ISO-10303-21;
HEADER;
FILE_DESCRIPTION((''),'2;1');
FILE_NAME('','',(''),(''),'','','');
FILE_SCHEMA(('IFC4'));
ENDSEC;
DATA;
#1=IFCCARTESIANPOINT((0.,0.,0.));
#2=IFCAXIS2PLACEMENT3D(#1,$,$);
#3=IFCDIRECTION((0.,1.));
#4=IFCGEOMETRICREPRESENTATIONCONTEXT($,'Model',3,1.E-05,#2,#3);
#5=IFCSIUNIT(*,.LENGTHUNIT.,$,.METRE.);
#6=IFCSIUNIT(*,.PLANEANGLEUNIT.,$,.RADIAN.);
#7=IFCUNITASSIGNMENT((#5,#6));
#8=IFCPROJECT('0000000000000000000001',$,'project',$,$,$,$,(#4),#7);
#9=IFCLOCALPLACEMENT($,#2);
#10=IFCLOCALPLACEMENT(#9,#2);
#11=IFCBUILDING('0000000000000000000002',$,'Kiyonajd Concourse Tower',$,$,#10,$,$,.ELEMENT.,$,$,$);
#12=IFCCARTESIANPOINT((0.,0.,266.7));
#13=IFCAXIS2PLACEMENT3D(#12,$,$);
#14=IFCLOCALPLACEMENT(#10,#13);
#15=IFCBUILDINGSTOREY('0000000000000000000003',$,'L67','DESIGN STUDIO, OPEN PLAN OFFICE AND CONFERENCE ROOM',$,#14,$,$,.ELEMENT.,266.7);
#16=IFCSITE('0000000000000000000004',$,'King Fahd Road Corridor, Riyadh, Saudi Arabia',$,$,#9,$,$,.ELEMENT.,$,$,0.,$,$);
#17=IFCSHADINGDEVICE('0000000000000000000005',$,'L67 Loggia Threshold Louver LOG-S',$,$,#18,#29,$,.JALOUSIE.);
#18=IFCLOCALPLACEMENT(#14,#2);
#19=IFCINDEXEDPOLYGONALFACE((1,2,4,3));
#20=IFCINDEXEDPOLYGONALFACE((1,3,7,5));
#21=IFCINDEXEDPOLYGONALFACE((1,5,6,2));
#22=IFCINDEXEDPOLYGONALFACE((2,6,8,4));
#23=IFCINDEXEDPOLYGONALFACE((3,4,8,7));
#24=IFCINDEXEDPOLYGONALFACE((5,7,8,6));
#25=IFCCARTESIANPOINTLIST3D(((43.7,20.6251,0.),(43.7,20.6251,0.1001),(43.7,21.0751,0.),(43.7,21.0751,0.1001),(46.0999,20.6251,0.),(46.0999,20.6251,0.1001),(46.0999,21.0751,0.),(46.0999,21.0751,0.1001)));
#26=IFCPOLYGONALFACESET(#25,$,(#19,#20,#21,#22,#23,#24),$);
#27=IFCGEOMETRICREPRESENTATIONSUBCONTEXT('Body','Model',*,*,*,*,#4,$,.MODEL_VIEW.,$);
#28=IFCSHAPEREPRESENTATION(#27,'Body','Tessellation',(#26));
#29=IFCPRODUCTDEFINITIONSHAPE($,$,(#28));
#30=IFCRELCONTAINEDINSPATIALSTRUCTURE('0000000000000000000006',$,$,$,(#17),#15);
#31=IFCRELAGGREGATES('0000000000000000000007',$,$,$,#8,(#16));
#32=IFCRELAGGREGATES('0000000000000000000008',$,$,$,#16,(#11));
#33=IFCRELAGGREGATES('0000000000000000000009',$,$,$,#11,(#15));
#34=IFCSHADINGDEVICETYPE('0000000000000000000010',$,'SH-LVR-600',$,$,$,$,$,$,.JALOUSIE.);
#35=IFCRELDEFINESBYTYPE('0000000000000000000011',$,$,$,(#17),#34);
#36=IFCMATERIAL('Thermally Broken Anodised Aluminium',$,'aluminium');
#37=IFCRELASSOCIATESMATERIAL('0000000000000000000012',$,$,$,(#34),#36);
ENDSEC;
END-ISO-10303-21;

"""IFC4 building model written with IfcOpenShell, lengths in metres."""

from ifc_helpers import new_model, si_unit, direction, frame, origin, origin_2d, place, context, subcontext, project, spatial, rectangle, extrude, material, type_object, element, save


model = new_model("IFC4")

# Units and contexts
model_context = context("Model", 3, precision=1e-05, world=origin(), true_north=direction((0.0, 1.0)))
body_context = subcontext(model_context, "Body", "Model", "MODEL_VIEW")
ifc_project = project(units=[si_unit("LENGTHUNIT", "METRE"), si_unit("PLANEANGLEUNIT", "RADIAN")], contexts=[model_context])

# Site, building, storey
site_placement = place(None, origin())
site = spatial("IfcSite", under=ifc_project, at=site_placement, Name="King Fahd Road Corridor, Riyadh, Saudi Arabia", CompositionType="ELEMENT", RefElevation=0.0)
building_placement = place(site_placement, origin())
building = spatial("IfcBuilding", under=site, at=building_placement, Name="Kiyonajd Concourse Tower", CompositionType="ELEMENT")
storey_placement = place(building_placement, frame((0.0, 0.0, 266.7)))
storey = spatial("IfcBuildingStorey", under=building, at=storey_placement, Name="L67", Description="DESIGN STUDIO, OPEN PLAN OFFICE AND CONFERENCE ROOM", CompositionType="ELEMENT", Elevation=266.7)

# Shared definitions
ifc_material_1 = material(Name="Thermally Broken Anodised Aluminium", Category="aluminium")

# Shading device
shading_device_type_1 = type_object("IfcShadingDeviceType", Name="SH-LVR-600", PredefinedType="JALOUSIE", material=ifc_material_1)
shading_device_1_placement = place(storey_placement, frame((44.8999, 20.8501, 0.0), z_axis=(0.0, 0.0, 1.0), x_axis=(1.0, 0.0, 0.0)))
element("IfcShadingDevice", 1, at=shading_device_1_placement, inside=storey, type_object=shading_device_type_1, Name="L67 Loggia Threshold Louver LOG-S", PredefinedType="JALOUSIE", context=body_context, shape_type="SweptSolid", body=[
    extrude(rectangle(XDim=2.3999, YDim=0.45, at=origin_2d()), origin(), (0.0, 0.0, 1.0), 0.1001),
])

save(model, "model.ifc")
